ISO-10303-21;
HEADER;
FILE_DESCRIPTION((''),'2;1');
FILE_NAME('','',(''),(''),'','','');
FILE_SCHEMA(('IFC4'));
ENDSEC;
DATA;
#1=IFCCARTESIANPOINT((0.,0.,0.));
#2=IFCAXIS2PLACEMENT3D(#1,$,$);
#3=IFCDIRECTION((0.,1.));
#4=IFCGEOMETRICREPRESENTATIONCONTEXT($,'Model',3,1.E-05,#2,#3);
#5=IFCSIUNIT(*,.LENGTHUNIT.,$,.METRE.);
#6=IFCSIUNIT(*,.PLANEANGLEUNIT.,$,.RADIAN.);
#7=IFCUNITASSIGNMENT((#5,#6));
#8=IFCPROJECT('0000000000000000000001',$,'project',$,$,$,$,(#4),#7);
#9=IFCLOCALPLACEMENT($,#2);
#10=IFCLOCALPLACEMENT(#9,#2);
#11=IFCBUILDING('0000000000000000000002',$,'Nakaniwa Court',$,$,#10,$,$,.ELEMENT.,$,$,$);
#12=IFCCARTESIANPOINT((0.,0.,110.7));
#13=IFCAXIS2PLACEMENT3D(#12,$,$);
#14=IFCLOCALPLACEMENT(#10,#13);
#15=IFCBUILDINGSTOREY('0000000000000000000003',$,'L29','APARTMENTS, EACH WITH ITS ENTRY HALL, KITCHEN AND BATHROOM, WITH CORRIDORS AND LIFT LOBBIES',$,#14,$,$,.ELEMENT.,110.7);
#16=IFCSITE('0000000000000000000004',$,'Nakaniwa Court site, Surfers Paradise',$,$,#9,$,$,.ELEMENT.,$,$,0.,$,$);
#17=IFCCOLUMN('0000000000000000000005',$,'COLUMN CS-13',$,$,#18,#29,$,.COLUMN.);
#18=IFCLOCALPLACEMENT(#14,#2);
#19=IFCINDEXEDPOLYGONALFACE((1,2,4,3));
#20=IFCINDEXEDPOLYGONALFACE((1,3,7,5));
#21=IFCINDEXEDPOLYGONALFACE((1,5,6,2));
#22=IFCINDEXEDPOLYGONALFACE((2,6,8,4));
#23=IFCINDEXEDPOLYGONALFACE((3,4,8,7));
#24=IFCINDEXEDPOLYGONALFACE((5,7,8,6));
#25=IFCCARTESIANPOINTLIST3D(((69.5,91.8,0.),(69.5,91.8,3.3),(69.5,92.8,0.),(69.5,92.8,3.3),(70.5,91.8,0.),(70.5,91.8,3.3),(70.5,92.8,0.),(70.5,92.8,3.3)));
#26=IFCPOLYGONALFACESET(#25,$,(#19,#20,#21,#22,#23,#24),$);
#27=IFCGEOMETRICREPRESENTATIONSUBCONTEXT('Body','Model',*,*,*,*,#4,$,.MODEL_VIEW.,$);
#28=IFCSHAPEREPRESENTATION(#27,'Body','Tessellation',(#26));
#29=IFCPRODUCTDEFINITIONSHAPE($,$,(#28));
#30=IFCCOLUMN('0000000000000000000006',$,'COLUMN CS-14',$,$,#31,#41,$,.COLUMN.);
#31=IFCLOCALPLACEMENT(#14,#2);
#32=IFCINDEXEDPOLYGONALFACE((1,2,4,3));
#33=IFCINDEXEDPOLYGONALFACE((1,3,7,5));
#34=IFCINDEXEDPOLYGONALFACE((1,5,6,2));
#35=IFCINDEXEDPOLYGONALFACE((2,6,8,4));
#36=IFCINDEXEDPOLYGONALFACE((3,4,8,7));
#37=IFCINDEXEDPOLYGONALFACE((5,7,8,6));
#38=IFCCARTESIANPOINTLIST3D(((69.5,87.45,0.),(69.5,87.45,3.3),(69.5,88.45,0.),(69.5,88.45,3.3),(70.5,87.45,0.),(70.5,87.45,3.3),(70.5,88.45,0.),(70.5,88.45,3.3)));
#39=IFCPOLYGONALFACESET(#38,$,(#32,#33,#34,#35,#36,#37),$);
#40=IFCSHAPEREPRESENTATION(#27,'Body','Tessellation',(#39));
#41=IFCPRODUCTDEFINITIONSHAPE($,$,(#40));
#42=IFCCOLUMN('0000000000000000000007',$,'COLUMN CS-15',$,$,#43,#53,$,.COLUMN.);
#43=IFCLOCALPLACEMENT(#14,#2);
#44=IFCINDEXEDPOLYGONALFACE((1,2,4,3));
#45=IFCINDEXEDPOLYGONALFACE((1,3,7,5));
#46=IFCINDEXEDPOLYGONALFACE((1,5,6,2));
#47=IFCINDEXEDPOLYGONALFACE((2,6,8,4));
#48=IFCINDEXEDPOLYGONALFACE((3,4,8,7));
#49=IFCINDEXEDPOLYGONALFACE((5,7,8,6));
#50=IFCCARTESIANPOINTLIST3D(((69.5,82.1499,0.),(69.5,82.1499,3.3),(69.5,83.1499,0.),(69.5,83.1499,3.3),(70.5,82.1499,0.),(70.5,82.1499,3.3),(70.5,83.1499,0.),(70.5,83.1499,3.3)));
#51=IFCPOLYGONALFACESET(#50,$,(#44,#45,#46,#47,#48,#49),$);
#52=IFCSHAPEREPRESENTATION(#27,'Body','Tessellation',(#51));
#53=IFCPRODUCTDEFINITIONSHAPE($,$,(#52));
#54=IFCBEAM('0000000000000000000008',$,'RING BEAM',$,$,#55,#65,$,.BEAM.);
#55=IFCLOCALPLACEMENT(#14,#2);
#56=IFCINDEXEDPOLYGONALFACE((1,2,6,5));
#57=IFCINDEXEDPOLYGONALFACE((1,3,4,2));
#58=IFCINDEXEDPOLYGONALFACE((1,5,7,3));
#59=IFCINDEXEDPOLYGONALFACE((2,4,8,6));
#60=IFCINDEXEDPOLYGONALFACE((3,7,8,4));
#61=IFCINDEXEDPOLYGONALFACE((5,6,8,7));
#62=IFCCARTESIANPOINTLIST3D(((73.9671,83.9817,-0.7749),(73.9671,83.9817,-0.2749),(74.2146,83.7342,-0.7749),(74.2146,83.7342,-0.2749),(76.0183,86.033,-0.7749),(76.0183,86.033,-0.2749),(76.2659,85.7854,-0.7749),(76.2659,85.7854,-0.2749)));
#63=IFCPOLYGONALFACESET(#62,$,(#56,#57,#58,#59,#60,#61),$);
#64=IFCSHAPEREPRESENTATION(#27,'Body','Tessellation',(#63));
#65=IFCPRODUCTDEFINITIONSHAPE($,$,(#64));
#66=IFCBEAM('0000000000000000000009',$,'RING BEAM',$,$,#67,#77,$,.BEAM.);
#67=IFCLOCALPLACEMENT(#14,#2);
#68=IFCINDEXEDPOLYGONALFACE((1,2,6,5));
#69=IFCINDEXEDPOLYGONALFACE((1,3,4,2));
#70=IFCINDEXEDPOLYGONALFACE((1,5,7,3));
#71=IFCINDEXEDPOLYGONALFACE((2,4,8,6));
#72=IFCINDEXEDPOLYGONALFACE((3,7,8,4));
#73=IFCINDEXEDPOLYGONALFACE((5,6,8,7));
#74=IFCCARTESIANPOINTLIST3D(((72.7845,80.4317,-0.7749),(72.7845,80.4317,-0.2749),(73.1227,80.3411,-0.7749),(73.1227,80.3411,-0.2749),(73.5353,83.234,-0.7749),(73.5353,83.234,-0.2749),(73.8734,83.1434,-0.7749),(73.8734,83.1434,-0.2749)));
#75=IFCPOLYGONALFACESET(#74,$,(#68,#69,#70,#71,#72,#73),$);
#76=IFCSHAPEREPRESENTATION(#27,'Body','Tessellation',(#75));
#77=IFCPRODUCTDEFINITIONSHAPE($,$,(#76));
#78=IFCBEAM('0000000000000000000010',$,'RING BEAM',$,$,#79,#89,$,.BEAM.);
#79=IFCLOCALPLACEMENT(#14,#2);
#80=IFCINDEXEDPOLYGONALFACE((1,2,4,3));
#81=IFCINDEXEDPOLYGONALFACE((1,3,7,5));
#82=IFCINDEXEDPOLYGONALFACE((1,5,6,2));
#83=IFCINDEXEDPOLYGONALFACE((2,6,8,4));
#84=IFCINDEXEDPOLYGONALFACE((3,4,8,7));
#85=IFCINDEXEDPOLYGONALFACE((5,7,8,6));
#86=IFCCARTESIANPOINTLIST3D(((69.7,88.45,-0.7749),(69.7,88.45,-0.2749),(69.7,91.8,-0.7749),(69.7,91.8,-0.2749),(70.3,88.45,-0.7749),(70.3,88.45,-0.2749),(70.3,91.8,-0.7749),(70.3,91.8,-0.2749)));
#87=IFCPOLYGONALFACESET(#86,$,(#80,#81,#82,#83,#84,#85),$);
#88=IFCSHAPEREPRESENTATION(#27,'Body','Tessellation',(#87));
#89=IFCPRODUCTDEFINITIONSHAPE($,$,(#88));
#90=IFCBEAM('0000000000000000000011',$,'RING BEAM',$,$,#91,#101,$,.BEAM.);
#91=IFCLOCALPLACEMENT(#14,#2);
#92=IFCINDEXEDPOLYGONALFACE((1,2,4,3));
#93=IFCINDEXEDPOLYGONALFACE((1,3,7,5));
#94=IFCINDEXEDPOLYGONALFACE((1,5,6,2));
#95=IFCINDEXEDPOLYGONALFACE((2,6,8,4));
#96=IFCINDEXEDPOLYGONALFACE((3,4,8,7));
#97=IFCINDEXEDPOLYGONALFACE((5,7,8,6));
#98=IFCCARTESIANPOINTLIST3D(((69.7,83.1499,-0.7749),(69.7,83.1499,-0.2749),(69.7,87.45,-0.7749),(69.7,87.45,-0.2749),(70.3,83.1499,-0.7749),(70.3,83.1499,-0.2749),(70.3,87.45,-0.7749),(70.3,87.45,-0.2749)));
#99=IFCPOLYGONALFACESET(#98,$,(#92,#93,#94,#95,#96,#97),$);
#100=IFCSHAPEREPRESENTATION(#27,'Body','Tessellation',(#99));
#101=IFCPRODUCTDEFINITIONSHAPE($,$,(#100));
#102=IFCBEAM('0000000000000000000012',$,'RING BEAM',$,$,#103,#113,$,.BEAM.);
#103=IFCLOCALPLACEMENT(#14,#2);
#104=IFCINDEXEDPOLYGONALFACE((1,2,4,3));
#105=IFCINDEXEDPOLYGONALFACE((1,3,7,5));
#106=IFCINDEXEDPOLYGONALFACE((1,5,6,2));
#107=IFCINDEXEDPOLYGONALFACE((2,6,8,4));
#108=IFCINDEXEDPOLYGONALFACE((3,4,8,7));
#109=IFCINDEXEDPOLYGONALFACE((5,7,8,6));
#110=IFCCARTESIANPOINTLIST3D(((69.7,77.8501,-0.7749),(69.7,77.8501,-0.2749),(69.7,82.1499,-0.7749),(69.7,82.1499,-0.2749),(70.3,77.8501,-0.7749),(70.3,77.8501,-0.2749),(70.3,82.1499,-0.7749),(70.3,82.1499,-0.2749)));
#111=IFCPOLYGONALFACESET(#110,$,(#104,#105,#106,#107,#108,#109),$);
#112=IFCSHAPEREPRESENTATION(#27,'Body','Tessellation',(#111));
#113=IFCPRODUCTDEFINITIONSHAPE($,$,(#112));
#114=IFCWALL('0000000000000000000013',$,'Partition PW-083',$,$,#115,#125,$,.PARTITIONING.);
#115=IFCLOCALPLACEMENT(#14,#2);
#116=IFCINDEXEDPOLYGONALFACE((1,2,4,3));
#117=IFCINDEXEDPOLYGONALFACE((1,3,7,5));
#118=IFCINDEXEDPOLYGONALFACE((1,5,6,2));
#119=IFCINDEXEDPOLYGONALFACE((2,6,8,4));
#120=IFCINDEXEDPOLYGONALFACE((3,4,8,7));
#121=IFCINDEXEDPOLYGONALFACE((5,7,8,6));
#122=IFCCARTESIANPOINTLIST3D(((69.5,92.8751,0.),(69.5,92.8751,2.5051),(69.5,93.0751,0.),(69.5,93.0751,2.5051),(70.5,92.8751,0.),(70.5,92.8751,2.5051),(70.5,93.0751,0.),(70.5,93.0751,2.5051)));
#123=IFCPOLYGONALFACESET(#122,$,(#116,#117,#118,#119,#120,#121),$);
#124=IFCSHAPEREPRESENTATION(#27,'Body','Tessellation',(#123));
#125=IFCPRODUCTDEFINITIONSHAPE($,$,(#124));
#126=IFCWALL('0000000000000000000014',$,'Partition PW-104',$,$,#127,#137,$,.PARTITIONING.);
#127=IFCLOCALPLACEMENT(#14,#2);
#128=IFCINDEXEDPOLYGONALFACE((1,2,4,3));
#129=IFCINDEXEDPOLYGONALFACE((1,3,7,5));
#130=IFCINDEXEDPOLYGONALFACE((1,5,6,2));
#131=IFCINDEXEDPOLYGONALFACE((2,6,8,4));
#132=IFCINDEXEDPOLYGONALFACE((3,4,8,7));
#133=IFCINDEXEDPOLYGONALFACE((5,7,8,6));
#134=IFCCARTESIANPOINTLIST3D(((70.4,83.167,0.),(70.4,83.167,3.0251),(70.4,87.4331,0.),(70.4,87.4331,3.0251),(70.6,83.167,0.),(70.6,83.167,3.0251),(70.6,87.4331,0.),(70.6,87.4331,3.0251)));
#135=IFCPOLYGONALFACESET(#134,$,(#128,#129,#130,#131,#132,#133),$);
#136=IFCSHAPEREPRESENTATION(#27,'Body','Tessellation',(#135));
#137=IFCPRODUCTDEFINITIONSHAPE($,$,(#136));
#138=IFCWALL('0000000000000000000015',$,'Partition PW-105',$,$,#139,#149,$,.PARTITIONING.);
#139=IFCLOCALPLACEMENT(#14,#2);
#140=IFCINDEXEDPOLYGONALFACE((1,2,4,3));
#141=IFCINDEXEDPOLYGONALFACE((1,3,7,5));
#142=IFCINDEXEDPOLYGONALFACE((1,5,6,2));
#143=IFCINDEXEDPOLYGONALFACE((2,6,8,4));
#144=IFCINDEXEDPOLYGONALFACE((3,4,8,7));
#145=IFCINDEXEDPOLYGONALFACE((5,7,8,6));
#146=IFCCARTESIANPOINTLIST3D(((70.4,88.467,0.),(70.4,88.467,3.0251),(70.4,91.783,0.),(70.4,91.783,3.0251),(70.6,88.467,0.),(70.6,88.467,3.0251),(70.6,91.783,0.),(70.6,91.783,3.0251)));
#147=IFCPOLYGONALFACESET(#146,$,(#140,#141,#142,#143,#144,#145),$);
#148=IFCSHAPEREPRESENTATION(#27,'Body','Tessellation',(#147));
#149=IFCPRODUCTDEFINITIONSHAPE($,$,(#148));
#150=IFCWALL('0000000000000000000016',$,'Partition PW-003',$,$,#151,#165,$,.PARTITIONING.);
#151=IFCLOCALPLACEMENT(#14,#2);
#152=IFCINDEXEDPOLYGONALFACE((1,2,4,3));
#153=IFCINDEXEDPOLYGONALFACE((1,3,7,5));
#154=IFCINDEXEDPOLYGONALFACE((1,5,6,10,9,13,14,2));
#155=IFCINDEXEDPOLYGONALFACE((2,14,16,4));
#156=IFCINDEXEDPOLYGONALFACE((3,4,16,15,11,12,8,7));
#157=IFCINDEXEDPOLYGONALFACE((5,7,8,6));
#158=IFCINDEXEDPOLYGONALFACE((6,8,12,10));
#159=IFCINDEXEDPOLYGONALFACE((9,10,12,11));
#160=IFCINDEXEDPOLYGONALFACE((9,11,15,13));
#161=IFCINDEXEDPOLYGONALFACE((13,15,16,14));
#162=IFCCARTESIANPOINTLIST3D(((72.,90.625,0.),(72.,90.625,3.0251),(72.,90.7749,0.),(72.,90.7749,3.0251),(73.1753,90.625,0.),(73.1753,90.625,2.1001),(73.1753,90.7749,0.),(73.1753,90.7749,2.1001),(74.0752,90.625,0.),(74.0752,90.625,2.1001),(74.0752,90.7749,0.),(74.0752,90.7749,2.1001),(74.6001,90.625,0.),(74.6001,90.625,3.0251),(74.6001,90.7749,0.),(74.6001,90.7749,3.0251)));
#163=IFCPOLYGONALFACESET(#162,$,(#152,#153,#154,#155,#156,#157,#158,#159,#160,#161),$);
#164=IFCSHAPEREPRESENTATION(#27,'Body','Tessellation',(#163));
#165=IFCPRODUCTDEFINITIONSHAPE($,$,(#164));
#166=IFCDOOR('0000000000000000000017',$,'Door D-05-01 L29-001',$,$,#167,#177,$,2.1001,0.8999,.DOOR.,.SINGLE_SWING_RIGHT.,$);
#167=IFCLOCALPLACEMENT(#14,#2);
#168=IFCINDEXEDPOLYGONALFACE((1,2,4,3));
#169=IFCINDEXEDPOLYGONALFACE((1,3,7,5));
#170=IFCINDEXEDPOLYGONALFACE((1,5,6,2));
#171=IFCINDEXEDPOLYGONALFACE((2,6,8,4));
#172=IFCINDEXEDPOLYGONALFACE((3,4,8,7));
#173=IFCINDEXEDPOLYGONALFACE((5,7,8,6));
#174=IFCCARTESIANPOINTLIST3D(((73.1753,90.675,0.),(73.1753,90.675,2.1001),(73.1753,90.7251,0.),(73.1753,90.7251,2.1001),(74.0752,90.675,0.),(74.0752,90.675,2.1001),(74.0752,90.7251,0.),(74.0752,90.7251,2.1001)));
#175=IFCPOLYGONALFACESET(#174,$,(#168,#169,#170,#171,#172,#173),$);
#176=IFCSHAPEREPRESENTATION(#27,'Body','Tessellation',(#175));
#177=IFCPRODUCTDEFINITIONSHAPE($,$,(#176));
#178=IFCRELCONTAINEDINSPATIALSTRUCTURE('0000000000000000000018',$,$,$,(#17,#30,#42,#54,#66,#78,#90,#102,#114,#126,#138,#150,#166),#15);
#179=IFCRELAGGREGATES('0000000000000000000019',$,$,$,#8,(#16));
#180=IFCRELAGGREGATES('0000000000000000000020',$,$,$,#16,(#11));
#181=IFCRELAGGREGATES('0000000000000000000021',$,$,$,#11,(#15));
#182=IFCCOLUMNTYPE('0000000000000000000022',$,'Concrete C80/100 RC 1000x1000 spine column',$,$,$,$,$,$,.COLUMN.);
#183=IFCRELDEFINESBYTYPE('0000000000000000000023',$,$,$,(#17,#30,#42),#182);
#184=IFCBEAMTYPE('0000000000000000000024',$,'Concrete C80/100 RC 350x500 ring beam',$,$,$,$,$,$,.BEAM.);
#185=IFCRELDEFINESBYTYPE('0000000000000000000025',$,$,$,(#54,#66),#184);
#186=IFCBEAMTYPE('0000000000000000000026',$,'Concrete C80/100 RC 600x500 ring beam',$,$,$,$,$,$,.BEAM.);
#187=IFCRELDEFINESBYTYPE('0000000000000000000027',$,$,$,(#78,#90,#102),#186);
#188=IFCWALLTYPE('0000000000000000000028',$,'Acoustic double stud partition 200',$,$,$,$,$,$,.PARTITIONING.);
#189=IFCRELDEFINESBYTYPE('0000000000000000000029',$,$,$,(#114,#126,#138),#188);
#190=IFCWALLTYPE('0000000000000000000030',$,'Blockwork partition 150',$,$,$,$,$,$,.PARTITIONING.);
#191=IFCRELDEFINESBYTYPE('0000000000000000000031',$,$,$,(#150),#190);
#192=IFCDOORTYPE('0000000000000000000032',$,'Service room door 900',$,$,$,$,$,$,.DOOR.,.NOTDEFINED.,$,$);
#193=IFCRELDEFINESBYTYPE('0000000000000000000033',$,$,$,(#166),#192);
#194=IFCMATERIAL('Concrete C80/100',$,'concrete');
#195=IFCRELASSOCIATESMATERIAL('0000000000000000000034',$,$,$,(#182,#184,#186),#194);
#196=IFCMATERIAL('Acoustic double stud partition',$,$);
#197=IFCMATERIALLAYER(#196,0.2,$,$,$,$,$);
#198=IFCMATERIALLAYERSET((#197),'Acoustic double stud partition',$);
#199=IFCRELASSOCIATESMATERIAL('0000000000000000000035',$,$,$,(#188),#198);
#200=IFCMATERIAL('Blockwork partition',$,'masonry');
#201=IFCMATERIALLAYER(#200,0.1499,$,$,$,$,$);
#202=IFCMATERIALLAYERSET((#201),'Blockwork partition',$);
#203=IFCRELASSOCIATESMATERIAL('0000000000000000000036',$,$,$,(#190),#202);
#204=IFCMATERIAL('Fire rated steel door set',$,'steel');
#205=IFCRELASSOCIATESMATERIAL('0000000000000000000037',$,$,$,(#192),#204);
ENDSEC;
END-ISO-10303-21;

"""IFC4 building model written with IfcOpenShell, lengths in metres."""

from ifc_helpers import new_model, si_unit, direction, frame, frame_2d, origin, origin_2d, place, context, subcontext, project, spatial, rectangle, extrude, material, layer, layer_set, material_profile, profile_set, type_object, element, fill, save


model = new_model("IFC4")

# Units and contexts
model_context = context("Model", 3, precision=1e-05, world=origin(), true_north=direction((0.0, 1.0)))
body_context = subcontext(model_context, "Body", "Model", "MODEL_VIEW")
ifc_project = project(units=[si_unit("LENGTHUNIT", "METRE"), si_unit("PLANEANGLEUNIT", "RADIAN")], contexts=[model_context])

# Site, building, storey
site_placement = place(None, origin())
site = spatial("IfcSite", under=ifc_project, at=site_placement, Name="Nakaniwa Court site, Surfers Paradise", CompositionType="ELEMENT", RefElevation=0.0)
building_placement = place(site_placement, origin())
building = spatial("IfcBuilding", under=site, at=building_placement, Name="Nakaniwa Court", CompositionType="ELEMENT")
storey_placement = place(building_placement, frame((0.0, 0.0, 110.7)))
storey = spatial("IfcBuildingStorey", under=building, at=storey_placement, Name="L29", Description="APARTMENTS, EACH WITH ITS ENTRY HALL, KITCHEN AND BATHROOM, WITH CORRIDORS AND LIFT LOBBIES", CompositionType="ELEMENT", Elevation=110.7)

# Columns
ifc_material_1 = material(Name="Concrete C80/100", Category="concrete")
ifc_material_profile_1 = material_profile(ifc_material_1, rectangle(XDim=1.0, YDim=1.0, at=origin_2d()), Name="Concrete C80/100 RC 1000x1000 spine column")
ifc_profile_set_1 = profile_set([ifc_material_profile_1], Name="Concrete C80/100")
column_type_1 = type_object("IfcColumnType", Name="Concrete C80/100 RC 1000x1000 spine column", PredefinedType="COLUMN", material=ifc_profile_set_1)
for number, where, z_axis, x_axis, name in (
    (1, (70.0, 92.3, 0.0), (0.0, 0.0, 1.0), (0.0, -1.0, 0.0), "COLUMN CS-13"),
    (2, (70.0, 87.95, 0.0), (0.0, 0.0, 1.0), (0.0, -1.0, 0.0), "COLUMN CS-14"),
    (3, (70.0, 82.6499, 0.0), (0.0, 0.0, 1.0), (0.0, -1.0, 0.0), "COLUMN CS-15"),
):
    element("IfcColumn", number, at=place(storey_placement, frame(where, z_axis=z_axis, x_axis=x_axis)), inside=storey, type_object=column_type_1, Name=name, PredefinedType="COLUMN", context=body_context, shape_type="SweptSolid", body=[
        extrude(rectangle(XDim=1.0, YDim=1.0, at=origin_2d()), origin(), (0.0, 0.0, 1.0), 3.3),
    ])

# Beams
ifc_material_profile_2 = material_profile(ifc_material_1, rectangle(XDim=0.3501, YDim=0.5, at=origin_2d()), Name="Concrete C80/100 RC 350x500 ring beam")
ifc_profile_set_2 = profile_set([ifc_material_profile_2], Name="Concrete C80/100")
beam_type_1 = type_object("IfcBeamType", Name="Concrete C80/100 RC 350x500 ring beam", PredefinedType="BEAM", material=ifc_profile_set_2)
beam_1_placement = place(storey_placement, frame((76.1421, 85.9092, -0.5249), z_axis=(-0.707107, -0.707107, 0.0), x_axis=(0.707107, -0.707107, 0.0)))
element("IfcBeam", 4, at=beam_1_placement, inside=storey, type_object=beam_type_1, Name="RING BEAM", PredefinedType="BEAM", context=body_context, shape_type="SweptSolid", body=[
    extrude(rectangle(XDim=0.3501, YDim=0.5, at=origin_2d()), origin(), (0.0, 0.0, 1.0), 2.9009),
])
beam_2_placement = place(storey_placement, frame((73.7043, 83.1887, -0.5249), z_axis=(-0.258778, -0.965937, 0.0), x_axis=(0.965937, -0.258778, 0.0)))
element("IfcBeam", 5, at=beam_2_placement, inside=storey, type_object=beam_type_1, Name="RING BEAM", PredefinedType="BEAM", context=body_context, shape_type="SweptSolid", body=[
    extrude(rectangle(XDim=0.3501, YDim=0.5, at=origin_2d()), origin(), (0.0, 0.0, 1.0), 2.9011),
])
ifc_material_profile_3 = material_profile(ifc_material_1, rectangle(XDim=0.6001, YDim=0.5, at=origin_2d()), Name="Concrete C80/100 RC 600x500 ring beam")
ifc_profile_set_3 = profile_set([ifc_material_profile_3], Name="Concrete C80/100")
beam_type_2 = type_object("IfcBeamType", Name="Concrete C80/100 RC 600x500 ring beam", PredefinedType="BEAM", material=ifc_profile_set_3)
beam_3_placement = place(storey_placement, frame((70.0, 91.8, -0.5249), z_axis=(0.0, -1.0, 0.0), x_axis=(1.0, 0.0, 0.0)))
element("IfcBeam", 6, at=beam_3_placement, inside=storey, type_object=beam_type_2, Name="RING BEAM", PredefinedType="BEAM", context=body_context, shape_type="SweptSolid", body=[
    extrude(rectangle(XDim=0.6001, YDim=0.5, at=origin_2d()), origin(), (0.0, 0.0, 1.0), 3.3501),
])
beam_4_placement = place(storey_placement, frame((70.0, 87.45, -0.5249), z_axis=(0.0, -1.0, 0.0), x_axis=(1.0, 0.0, 0.0)))
element("IfcBeam", 7, at=beam_4_placement, inside=storey, type_object=beam_type_2, Name="RING BEAM", PredefinedType="BEAM", context=body_context, shape_type="SweptSolid", body=[
    extrude(rectangle(XDim=0.6001, YDim=0.5, at=origin_2d()), origin(), (0.0, 0.0, 1.0), 4.3),
])
beam_5_placement = place(storey_placement, frame((70.0, 82.1499, -0.5249), z_axis=(0.0, -1.0, 0.0), x_axis=(1.0, 0.0, 0.0)))
element("IfcBeam", 8, at=beam_5_placement, inside=storey, type_object=beam_type_2, Name="RING BEAM", PredefinedType="BEAM", context=body_context, shape_type="SweptSolid", body=[
    extrude(rectangle(XDim=0.6001, YDim=0.5, at=origin_2d()), origin(), (0.0, 0.0, 1.0), 4.2998),
])

# Walls
ifc_material_2 = material(Name="Acoustic double stud partition")
ifc_layer_1 = layer(ifc_material_2, 0.2)
ifc_layer_set_1 = layer_set([ifc_layer_1], Name="Acoustic double stud partition")
wall_type_1 = type_object("IfcWallType", Name="Acoustic double stud partition 200", PredefinedType="PARTITIONING", material=ifc_layer_set_1)
wall_1_placement = place(storey_placement, frame((69.5, 92.9751, 0.0), z_axis=(0.0, 0.0, 1.0), x_axis=(1.0, 0.0, 0.0)))
element("IfcWall", 9, at=wall_1_placement, inside=storey, type_object=wall_type_1, Name="Partition PW-083", PredefinedType="PARTITIONING", context=body_context, shape_type="SweptSolid", body=[
    extrude(rectangle(XDim=1.0, YDim=0.2, at=frame_2d((0.5, 0.0))), origin(), (0.0, 0.0, 1.0), 2.5051),
])
wall_2_placement = place(storey_placement, frame((70.5, 83.167, 0.0), z_axis=(0.0, 0.0, 1.0), x_axis=(0.0, 1.0, 0.0)))
element("IfcWall", 10, at=wall_2_placement, inside=storey, type_object=wall_type_1, Name="Partition PW-104", PredefinedType="PARTITIONING", context=body_context, shape_type="SweptSolid", body=[
    extrude(rectangle(XDim=4.2661, YDim=0.2, at=frame_2d((2.1331, 0.0))), origin(), (0.0, 0.0, 1.0), 3.0251),
])
wall_3_placement = place(storey_placement, frame((70.5, 88.467, 0.0), z_axis=(0.0, 0.0, 1.0), x_axis=(0.0, 1.0, 0.0)))
element("IfcWall", 11, at=wall_3_placement, inside=storey, type_object=wall_type_1, Name="Partition PW-105", PredefinedType="PARTITIONING", context=body_context, shape_type="SweptSolid", body=[
    extrude(rectangle(XDim=3.3159, YDim=0.2, at=frame_2d((1.658, 0.0))), origin(), (0.0, 0.0, 1.0), 3.0251),
])

# Wall, opening, door
ifc_material_3 = material(Name="Blockwork partition", Category="masonry")
ifc_layer_2 = layer(ifc_material_3, 0.1499)
ifc_layer_set_2 = layer_set([ifc_layer_2], Name="Blockwork partition")
wall_type_2 = type_object("IfcWallType", Name="Blockwork partition 150", PredefinedType="PARTITIONING", material=ifc_layer_set_2)
wall_4_placement = place(storey_placement, frame((74.6001, 90.7, 0.0), z_axis=(0.0, 0.0, 1.0), x_axis=(-1.0, 0.0, 0.0)))
wall_4 = element("IfcWall", 12, at=wall_4_placement, inside=storey, type_object=wall_type_2, Name="Partition PW-003", PredefinedType="PARTITIONING", context=body_context, shape_type="SweptSolid", body=[
    extrude(rectangle(XDim=2.6001, YDim=0.1499, at=frame_2d((1.3, 0.0))), origin(), (0.0, 0.0, 1.0), 3.0251),
])
opening_1_placement = place(wall_4_placement, frame((0.5249, 0.0, 0.0)))
opening_1 = element("IfcOpeningElement", 13, at=opening_1_placement, cuts=wall_4, PredefinedType="OPENING", context=body_context, shape_type="SweptSolid", body=[
    extrude(rectangle(XDim=0.8999, YDim=2.1001, at=frame_2d((0.45, 1.05))), frame((0.0, 0.085, 0.0), z_axis=(0.0, -1.0, 0.0), x_axis=(1.0, 0.0, 0.0)), (0.0, 0.0, 1.0), 0.1699),
])
ifc_material_4 = material(Name="Fire rated steel door set", Category="steel")
door_type_1 = type_object("IfcDoorType", Name="Service room door 900", OperationType="NOTDEFINED", PredefinedType="DOOR", material=ifc_material_4)
door_1_placement = place(opening_1_placement, origin())
door_1 = element("IfcDoor", 14, at=door_1_placement, inside=storey, type_object=door_type_1, Name="Door D-05-01 L29-001", OperationType="SINGLE_SWING_RIGHT", OverallHeight=2.1001, OverallWidth=0.8999, PredefinedType="DOOR", context=body_context, shape_type="SweptSolid", body=[
    extrude(rectangle(XDim=0.8999, YDim=2.1001, at=frame_2d((0.45, 1.05))), frame((0.0, 0.0249, 0.0), z_axis=(0.0, -1.0, 0.0), x_axis=(1.0, 0.0, 0.0)), (0.0, 0.0, 1.0), 0.05),
])
fill(opening_1, door_1)

save(model, "model.ifc")
